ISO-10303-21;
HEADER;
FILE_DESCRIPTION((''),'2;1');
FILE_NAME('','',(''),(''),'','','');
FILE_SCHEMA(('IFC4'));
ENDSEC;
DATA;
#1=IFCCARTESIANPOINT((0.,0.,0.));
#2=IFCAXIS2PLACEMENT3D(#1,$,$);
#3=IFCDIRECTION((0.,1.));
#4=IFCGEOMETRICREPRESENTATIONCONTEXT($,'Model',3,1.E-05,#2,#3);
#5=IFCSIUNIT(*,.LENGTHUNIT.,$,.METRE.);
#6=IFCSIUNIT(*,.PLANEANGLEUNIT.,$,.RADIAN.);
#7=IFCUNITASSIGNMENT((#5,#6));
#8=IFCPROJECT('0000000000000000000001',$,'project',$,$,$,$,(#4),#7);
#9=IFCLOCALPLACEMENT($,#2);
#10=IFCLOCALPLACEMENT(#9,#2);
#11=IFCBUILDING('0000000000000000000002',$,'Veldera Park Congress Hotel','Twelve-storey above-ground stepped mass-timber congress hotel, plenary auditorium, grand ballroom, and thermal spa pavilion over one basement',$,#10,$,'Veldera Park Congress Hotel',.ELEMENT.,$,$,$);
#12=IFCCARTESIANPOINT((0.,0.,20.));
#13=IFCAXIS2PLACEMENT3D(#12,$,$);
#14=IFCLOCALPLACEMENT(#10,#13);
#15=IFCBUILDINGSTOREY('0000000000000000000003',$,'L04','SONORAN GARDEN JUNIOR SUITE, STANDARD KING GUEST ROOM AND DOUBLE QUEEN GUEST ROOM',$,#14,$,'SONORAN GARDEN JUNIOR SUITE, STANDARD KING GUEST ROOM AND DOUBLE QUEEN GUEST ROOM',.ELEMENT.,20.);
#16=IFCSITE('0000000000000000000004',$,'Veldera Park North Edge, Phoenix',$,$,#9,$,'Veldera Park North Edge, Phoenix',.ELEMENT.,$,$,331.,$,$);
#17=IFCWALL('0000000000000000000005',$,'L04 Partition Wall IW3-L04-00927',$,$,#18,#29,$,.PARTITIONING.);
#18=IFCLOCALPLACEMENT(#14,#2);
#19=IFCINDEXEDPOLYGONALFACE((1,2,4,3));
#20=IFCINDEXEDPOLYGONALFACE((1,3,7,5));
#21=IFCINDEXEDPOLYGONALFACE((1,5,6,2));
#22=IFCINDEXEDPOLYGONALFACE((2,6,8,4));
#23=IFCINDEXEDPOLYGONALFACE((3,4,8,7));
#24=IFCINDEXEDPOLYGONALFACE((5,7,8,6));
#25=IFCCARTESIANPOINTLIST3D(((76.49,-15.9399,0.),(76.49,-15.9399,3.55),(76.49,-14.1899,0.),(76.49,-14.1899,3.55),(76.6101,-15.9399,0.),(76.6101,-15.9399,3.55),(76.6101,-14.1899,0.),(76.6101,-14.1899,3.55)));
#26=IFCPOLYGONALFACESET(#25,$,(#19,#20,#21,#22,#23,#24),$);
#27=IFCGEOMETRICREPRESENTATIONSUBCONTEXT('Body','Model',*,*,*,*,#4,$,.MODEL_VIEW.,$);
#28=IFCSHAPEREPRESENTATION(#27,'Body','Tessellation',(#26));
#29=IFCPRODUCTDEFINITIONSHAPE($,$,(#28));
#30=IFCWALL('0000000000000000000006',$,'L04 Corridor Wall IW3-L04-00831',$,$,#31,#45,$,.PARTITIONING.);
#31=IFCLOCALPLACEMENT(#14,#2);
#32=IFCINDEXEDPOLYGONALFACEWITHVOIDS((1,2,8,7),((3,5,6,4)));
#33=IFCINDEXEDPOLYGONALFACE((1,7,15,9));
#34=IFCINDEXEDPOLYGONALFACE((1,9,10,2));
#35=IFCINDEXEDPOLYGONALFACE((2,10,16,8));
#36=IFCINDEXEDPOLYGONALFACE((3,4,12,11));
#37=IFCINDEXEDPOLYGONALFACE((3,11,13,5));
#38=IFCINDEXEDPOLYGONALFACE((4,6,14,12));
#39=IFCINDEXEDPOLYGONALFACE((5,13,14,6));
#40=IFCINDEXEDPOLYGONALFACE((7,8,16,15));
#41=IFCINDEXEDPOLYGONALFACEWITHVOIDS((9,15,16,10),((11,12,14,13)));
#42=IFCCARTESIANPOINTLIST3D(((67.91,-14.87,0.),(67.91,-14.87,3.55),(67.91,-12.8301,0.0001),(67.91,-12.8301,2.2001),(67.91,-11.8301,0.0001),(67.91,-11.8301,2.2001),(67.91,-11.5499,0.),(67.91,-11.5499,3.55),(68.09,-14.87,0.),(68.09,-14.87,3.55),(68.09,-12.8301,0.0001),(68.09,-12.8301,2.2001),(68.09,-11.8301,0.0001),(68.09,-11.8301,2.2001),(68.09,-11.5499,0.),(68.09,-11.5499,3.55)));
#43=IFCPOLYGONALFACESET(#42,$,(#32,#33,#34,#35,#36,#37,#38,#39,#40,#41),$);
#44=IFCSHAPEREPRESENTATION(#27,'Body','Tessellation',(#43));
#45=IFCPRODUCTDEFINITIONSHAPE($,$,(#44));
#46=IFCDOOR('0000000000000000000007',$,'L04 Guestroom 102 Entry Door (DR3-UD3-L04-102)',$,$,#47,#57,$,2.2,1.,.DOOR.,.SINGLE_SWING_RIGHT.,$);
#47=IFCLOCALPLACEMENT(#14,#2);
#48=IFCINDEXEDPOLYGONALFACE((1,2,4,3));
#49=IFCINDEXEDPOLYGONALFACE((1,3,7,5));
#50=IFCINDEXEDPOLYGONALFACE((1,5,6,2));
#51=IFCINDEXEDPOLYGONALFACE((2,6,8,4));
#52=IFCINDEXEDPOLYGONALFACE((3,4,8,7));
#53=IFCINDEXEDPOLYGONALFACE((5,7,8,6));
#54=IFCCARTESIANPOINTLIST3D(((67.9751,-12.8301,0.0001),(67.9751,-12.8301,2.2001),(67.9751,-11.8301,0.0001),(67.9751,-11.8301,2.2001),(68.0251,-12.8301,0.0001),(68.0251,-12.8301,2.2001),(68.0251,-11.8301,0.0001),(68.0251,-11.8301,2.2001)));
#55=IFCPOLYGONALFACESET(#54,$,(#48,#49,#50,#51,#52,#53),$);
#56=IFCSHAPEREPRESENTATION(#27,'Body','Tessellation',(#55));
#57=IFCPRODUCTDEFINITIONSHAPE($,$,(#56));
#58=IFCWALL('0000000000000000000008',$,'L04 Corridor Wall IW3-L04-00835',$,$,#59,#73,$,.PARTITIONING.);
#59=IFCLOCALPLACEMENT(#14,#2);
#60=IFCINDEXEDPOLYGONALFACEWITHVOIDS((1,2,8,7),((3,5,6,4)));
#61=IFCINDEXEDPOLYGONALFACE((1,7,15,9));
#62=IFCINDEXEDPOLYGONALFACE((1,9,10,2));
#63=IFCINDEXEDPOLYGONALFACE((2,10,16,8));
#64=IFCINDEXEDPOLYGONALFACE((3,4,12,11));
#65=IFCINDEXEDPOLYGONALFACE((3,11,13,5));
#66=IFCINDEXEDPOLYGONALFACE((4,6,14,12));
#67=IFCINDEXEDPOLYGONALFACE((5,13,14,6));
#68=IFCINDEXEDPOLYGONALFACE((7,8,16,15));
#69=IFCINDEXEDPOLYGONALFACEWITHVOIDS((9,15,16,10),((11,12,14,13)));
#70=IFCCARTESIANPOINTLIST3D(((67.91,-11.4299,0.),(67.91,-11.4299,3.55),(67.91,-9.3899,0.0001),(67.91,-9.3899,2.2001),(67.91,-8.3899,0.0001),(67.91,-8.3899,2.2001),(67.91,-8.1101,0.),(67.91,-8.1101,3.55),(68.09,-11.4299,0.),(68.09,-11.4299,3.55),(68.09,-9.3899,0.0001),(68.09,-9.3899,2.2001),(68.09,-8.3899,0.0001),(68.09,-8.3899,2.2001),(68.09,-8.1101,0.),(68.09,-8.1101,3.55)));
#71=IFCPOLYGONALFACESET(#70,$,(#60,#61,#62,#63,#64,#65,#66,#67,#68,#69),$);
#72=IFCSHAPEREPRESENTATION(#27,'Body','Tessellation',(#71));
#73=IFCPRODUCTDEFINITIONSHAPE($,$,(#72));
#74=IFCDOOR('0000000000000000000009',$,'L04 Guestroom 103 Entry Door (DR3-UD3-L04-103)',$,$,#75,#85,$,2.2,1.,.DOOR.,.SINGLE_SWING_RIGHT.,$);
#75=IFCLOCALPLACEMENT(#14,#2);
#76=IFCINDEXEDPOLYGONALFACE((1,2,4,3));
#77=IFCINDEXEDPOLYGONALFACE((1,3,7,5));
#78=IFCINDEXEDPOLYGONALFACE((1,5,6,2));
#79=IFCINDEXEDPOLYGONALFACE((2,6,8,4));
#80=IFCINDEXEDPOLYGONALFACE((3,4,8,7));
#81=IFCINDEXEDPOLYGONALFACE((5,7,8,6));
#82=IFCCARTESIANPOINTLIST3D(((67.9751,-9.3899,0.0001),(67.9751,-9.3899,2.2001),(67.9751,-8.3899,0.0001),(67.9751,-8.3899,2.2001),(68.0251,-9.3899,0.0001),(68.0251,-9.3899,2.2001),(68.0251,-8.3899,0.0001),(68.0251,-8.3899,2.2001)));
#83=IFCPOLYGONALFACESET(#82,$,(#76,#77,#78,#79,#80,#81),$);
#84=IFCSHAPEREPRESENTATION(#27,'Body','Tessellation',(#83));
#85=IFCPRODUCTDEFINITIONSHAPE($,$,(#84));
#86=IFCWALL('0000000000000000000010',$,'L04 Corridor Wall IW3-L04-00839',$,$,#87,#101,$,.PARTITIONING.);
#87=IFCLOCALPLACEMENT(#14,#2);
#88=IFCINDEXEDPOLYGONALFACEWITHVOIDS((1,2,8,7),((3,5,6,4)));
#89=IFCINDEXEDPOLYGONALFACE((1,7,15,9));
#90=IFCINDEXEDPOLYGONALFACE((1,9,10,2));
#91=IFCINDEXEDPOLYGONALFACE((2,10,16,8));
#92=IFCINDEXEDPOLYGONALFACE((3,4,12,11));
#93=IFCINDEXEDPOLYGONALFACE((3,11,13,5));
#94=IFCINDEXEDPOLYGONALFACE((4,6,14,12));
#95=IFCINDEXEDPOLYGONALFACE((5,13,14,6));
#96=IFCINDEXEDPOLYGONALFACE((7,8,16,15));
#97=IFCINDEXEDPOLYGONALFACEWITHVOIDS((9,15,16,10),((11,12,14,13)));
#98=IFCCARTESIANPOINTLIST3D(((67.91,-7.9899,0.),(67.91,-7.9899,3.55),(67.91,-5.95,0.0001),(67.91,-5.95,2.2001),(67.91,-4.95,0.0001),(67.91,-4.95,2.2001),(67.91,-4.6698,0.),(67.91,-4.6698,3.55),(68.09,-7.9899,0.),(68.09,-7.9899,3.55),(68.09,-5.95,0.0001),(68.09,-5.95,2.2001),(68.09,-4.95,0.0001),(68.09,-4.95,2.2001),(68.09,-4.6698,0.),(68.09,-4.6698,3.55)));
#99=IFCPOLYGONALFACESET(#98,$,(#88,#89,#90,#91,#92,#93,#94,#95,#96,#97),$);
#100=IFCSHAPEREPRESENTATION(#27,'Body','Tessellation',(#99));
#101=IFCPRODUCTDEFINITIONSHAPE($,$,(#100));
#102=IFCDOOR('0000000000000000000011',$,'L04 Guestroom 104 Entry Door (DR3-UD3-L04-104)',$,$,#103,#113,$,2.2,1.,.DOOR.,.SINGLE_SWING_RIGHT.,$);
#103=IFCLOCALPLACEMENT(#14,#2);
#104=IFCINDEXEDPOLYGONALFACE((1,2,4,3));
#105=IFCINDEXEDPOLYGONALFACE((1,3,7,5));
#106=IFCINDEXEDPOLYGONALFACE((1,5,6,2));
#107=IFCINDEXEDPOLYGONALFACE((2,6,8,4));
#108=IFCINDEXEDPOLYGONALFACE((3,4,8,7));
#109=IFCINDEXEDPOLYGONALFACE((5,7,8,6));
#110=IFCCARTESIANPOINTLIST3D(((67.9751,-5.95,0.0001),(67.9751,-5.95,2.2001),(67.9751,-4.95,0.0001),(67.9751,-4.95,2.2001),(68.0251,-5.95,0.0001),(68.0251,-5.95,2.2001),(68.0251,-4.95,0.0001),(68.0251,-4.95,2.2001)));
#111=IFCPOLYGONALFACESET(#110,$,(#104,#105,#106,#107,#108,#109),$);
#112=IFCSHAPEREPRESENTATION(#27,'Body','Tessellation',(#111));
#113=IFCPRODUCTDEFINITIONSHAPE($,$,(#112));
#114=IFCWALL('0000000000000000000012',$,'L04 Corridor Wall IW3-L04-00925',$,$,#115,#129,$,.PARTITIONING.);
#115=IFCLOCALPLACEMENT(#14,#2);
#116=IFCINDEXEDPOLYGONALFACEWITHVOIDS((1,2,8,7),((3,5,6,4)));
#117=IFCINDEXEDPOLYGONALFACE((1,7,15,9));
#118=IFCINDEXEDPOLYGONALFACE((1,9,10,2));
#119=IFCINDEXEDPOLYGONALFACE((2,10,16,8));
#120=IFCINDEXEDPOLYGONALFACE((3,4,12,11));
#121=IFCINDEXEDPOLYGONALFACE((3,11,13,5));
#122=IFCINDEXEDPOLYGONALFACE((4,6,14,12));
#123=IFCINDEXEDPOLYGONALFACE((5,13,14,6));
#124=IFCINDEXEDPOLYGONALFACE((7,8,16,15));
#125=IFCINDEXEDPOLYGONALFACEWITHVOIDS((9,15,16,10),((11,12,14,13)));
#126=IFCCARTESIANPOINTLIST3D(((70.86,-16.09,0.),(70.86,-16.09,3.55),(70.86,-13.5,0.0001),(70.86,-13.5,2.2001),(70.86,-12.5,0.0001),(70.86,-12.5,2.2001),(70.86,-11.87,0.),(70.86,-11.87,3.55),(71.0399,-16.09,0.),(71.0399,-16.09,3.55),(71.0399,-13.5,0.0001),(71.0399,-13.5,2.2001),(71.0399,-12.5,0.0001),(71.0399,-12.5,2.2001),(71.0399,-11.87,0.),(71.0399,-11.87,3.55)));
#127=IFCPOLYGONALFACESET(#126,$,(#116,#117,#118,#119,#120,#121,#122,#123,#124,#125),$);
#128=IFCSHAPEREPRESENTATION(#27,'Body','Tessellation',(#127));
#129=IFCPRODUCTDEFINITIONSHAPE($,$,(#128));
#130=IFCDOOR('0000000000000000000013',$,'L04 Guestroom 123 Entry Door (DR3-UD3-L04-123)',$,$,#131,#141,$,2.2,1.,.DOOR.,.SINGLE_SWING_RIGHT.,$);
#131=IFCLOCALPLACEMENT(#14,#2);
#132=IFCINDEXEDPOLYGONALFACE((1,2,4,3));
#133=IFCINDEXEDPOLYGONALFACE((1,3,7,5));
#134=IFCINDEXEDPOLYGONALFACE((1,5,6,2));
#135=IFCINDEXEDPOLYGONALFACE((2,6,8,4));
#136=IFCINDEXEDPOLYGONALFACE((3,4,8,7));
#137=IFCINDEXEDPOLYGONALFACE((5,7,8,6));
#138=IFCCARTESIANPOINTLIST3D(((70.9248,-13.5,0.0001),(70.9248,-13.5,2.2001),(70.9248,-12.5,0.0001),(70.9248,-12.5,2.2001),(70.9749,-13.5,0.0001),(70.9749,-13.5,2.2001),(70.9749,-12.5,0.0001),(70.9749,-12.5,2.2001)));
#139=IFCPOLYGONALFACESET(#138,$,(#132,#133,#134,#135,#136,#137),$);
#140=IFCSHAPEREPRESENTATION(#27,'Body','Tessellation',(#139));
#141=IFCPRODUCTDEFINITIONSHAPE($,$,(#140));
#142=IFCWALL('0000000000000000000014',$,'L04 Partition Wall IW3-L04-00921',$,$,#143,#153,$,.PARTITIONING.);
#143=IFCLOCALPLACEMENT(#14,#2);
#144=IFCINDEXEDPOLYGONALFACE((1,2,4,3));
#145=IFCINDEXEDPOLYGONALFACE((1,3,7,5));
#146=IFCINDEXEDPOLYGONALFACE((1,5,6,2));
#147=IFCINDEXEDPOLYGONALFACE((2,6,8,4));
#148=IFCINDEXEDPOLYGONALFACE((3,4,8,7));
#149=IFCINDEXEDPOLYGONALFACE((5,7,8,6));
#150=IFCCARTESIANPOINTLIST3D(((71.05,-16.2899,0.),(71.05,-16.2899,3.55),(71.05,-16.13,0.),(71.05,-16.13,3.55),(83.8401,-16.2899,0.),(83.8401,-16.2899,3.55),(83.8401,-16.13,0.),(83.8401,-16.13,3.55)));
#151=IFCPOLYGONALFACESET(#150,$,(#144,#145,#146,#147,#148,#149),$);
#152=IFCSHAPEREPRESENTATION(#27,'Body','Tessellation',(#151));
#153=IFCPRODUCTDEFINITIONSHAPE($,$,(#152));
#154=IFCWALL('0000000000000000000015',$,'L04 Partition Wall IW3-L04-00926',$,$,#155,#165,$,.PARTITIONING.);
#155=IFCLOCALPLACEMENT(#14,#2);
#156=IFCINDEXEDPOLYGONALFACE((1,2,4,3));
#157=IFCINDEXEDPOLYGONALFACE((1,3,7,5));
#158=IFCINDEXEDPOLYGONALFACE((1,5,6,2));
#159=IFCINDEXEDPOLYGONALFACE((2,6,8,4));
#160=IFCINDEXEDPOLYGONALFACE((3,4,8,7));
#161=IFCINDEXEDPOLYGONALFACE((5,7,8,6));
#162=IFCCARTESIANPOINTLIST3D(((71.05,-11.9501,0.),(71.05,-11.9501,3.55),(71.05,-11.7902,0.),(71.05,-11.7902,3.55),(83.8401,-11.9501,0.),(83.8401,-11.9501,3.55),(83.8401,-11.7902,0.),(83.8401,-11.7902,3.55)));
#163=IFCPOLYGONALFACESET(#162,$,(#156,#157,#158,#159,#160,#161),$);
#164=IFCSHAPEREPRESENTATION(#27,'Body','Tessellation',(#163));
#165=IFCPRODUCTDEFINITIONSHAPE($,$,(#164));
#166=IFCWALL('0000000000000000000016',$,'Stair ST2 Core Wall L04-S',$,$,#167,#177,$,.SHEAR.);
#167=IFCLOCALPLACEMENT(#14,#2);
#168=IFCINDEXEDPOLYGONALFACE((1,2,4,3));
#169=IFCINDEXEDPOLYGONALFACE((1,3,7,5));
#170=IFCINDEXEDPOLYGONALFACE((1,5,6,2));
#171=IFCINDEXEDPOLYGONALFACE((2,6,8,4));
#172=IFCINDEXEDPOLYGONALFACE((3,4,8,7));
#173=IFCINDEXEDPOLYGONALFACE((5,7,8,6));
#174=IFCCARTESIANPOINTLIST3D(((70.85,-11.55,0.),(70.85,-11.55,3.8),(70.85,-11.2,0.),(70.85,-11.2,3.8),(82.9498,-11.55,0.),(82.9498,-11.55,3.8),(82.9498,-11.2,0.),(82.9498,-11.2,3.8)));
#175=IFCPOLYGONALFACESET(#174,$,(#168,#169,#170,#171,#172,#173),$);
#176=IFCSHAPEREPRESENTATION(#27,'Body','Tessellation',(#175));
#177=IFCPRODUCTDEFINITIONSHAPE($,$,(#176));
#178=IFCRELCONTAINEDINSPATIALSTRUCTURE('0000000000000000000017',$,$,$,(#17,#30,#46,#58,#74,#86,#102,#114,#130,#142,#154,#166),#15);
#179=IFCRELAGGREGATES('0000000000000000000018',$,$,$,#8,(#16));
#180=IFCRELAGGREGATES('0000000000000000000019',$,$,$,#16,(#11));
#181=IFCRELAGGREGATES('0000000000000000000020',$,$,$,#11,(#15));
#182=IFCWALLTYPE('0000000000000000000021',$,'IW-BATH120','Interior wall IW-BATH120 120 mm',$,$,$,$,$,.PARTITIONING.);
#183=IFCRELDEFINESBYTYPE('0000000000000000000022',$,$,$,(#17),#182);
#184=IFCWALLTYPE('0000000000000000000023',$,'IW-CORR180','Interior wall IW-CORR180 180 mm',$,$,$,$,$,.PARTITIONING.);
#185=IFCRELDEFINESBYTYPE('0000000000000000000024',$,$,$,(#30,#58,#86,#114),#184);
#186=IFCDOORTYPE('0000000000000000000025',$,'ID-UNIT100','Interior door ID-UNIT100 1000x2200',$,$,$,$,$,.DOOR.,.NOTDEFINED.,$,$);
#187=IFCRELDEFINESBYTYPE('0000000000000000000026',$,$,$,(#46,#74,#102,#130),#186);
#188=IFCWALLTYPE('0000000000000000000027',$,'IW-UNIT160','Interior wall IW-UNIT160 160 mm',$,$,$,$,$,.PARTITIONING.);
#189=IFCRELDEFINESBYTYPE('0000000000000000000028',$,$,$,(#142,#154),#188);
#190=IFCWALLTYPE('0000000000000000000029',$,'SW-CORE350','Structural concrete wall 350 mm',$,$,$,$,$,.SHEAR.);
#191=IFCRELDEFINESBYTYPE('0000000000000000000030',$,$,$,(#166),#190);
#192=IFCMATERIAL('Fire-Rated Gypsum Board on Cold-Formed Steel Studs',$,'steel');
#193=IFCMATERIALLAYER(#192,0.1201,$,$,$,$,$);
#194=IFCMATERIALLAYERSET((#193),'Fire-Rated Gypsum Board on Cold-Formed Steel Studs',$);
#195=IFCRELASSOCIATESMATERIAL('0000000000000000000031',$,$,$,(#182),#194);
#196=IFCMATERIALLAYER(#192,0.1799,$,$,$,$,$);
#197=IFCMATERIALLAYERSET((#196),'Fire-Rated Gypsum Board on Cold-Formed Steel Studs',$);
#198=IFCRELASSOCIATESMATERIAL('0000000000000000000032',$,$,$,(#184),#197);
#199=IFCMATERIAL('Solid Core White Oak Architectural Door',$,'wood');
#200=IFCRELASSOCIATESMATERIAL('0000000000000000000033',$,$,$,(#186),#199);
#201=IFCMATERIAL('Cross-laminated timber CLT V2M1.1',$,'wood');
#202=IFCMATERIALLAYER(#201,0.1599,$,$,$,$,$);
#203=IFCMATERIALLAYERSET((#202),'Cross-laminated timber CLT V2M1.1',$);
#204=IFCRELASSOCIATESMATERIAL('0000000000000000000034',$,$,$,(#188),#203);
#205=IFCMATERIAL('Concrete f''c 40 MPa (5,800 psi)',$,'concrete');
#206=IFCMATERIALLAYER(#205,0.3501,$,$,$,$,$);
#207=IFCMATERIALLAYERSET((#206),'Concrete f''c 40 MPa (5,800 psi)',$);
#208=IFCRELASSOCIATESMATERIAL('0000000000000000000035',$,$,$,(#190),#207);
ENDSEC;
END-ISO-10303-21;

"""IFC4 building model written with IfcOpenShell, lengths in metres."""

from ifc_helpers import new_model, si_unit, direction, frame, frame_2d, origin, place, context, subcontext, project, spatial, rectangle, extrude, material, layer, layer_set, type_object, element, fill, save


model = new_model("IFC4")

# Units and contexts
model_context = context("Model", 3, precision=1e-05, world=origin(), true_north=direction((0.0, 1.0)))
body_context = subcontext(model_context, "Body", "Model", "MODEL_VIEW")
ifc_project = project(units=[si_unit("LENGTHUNIT", "METRE"), si_unit("PLANEANGLEUNIT", "RADIAN")], contexts=[model_context])

# Site, building, storey
site_placement = place(None, origin())
site = spatial("IfcSite", under=ifc_project, at=site_placement, Name="Veldera Park North Edge, Phoenix", LongName="Veldera Park North Edge, Phoenix", CompositionType="ELEMENT", RefElevation=331.0)
building_placement = place(site_placement, origin())
building = spatial("IfcBuilding", under=site, at=building_placement, Name="Veldera Park Congress Hotel", Description="Twelve-storey above-ground stepped mass-timber congress hotel, plenary auditorium, grand ballroom, and thermal spa pavilion over one basement", LongName="Veldera Park Congress Hotel", CompositionType="ELEMENT")
storey_placement = place(building_placement, frame((0.0, 0.0, 20.0)))
storey = spatial("IfcBuildingStorey", under=building, at=storey_placement, Name="L04", Description="SONORAN GARDEN JUNIOR SUITE, STANDARD KING GUEST ROOM AND DOUBLE QUEEN GUEST ROOM", LongName="SONORAN GARDEN JUNIOR SUITE, STANDARD KING GUEST ROOM AND DOUBLE QUEEN GUEST ROOM", CompositionType="ELEMENT", Elevation=20.0)

# Wall
ifc_material_1 = material(Name="Fire-Rated Gypsum Board on Cold-Formed Steel Studs", Category="steel")
ifc_layer_1 = layer(ifc_material_1, 0.1201)
ifc_layer_set_1 = layer_set([ifc_layer_1], Name="Fire-Rated Gypsum Board on Cold-Formed Steel Studs")
wall_type_1 = type_object("IfcWallType", Name="IW-BATH120", Description="Interior wall IW-BATH120 120 mm", PredefinedType="PARTITIONING", material=ifc_layer_set_1)
wall_1_placement = place(storey_placement, frame((76.55, -15.9399, 0.0), z_axis=(0.0, 0.0, 1.0), x_axis=(0.0, 1.0, 0.0)))
element("IfcWall", 1, at=wall_1_placement, inside=storey, type_object=wall_type_1, Name="L04 Partition Wall IW3-L04-00927", PredefinedType="PARTITIONING", context=body_context, shape_type="SweptSolid", body=[
    extrude(rectangle(XDim=1.75, YDim=0.1201, at=frame_2d((0.875, 0.0))), origin(), (0.0, 0.0, 1.0), 3.55),
])

# Walls, openings, doors
ifc_layer_2 = layer(ifc_material_1, 0.1799)
ifc_layer_set_2 = layer_set([ifc_layer_2], Name="Fire-Rated Gypsum Board on Cold-Formed Steel Studs")
wall_type_2 = type_object("IfcWallType", Name="IW-CORR180", Description="Interior wall IW-CORR180 180 mm", PredefinedType="PARTITIONING", material=ifc_layer_set_2)
wall_2_placement = place(storey_placement, frame((68.0, -14.8701, 0.0), z_axis=(0.0, 0.0, 1.0), x_axis=(0.0, 1.0, 0.0)))
wall_2 = element("IfcWall", 2, at=wall_2_placement, inside=storey, type_object=wall_type_2, Name="L04 Corridor Wall IW3-L04-00831", PredefinedType="PARTITIONING", context=body_context, shape_type="SweptSolid", body=[
    extrude(rectangle(XDim=3.3201, YDim=0.1799, at=frame_2d((1.6602, 0.0))), origin(), (0.0, 0.0, 1.0), 3.55),
])
opening_1_placement = place(wall_2_placement, frame((2.04, 0.0, 0.0)))
opening_1 = element("IfcOpeningElement", 3, at=opening_1_placement, cuts=wall_2, PredefinedType="OPENING", context=body_context, shape_type="SweptSolid", body=[
    extrude(rectangle(XDim=1.0, YDim=2.2, at=frame_2d((0.5, 1.1001))), frame((0.0, 0.1021, 0.0), z_axis=(0.0, -1.0, 0.0), x_axis=(1.0, 0.0, 0.0)), (0.0, 0.0, 1.0), 0.2039),
])
ifc_material_2 = material(Name="Solid Core White Oak Architectural Door", Category="wood")
door_type = type_object("IfcDoorType", Name="ID-UNIT100", Description="Interior door ID-UNIT100 1000x2200", OperationType="NOTDEFINED", PredefinedType="DOOR", material=ifc_material_2)
door_1_placement = place(opening_1_placement, origin())
door_1 = element("IfcDoor", 4, at=door_1_placement, inside=storey, type_object=door_type, Name="L04 Guestroom 102 Entry Door (DR3-UD3-L04-102)", OperationType="SINGLE_SWING_RIGHT", OverallHeight=2.2, OverallWidth=1.0, PredefinedType="DOOR", context=body_context, shape_type="SweptSolid", body=[
    extrude(rectangle(XDim=1.0, YDim=2.2, at=frame_2d((0.5, 1.1001))), frame((0.0, 0.0249, 0.0), z_axis=(0.0, -1.0, 0.0), x_axis=(1.0, 0.0, 0.0)), (0.0, 0.0, 1.0), 0.05),
])
fill(opening_1, door_1)
wall_3_placement = place(storey_placement, frame((68.0, -11.4299, 0.0), z_axis=(0.0, 0.0, 1.0), x_axis=(0.0, 1.0, 0.0)))
wall_3 = element("IfcWall", 5, at=wall_3_placement, inside=storey, type_object=wall_type_2, Name="L04 Corridor Wall IW3-L04-00835", PredefinedType="PARTITIONING", context=body_context, shape_type="SweptSolid", body=[
    extrude(rectangle(XDim=3.3198, YDim=0.1799, at=frame_2d((1.6599, 0.0))), origin(), (0.0, 0.0, 1.0), 3.55),
])
opening_2_placement = place(wall_3_placement, frame((2.04, 0.0, 0.0)))
opening_2 = element("IfcOpeningElement", 6, at=opening_2_placement, cuts=wall_3, PredefinedType="OPENING", context=body_context, shape_type="SweptSolid", body=[
    extrude(rectangle(XDim=1.0, YDim=2.2, at=frame_2d((0.5, 1.1001))), frame((0.0, 0.1021, 0.0), z_axis=(0.0, -1.0, 0.0), x_axis=(1.0, 0.0, 0.0)), (0.0, 0.0, 1.0), 0.2039),
])
door_2_placement = place(opening_2_placement, origin())
door_2 = element("IfcDoor", 7, at=door_2_placement, inside=storey, type_object=door_type, Name="L04 Guestroom 103 Entry Door (DR3-UD3-L04-103)", OperationType="SINGLE_SWING_RIGHT", OverallHeight=2.2, OverallWidth=1.0, PredefinedType="DOOR", context=body_context, shape_type="SweptSolid", body=[
    extrude(rectangle(XDim=1.0, YDim=2.2, at=frame_2d((0.5, 1.1001))), frame((0.0, 0.0249, 0.0), z_axis=(0.0, -1.0, 0.0), x_axis=(1.0, 0.0, 0.0)), (0.0, 0.0, 1.0), 0.05),
])
fill(opening_2, door_2)
wall_4_placement = place(storey_placement, frame((68.0, -7.99, 0.0), z_axis=(0.0, 0.0, 1.0), x_axis=(0.0, 1.0, 0.0)))
wall_4 = element("IfcWall", 8, at=wall_4_placement, inside=storey, type_object=wall_type_2, Name="L04 Corridor Wall IW3-L04-00839", PredefinedType="PARTITIONING", context=body_context, shape_type="SweptSolid", body=[
    extrude(rectangle(XDim=3.3201, YDim=0.1799, at=frame_2d((1.6602, 0.0))), origin(), (0.0, 0.0, 1.0), 3.55),
])
opening_3_placement = place(wall_4_placement, frame((2.04, 0.0, 0.0)))
opening_3 = element("IfcOpeningElement", 9, at=opening_3_placement, cuts=wall_4, PredefinedType="OPENING", context=body_context, shape_type="SweptSolid", body=[
    extrude(rectangle(XDim=1.0, YDim=2.2, at=frame_2d((0.5, 1.1001))), frame((0.0, 0.1021, 0.0), z_axis=(0.0, -1.0, 0.0), x_axis=(1.0, 0.0, 0.0)), (0.0, 0.0, 1.0), 0.2039),
])
door_3_placement = place(opening_3_placement, origin())
door_3 = element("IfcDoor", 10, at=door_3_placement, inside=storey, type_object=door_type, Name="L04 Guestroom 104 Entry Door (DR3-UD3-L04-104)", OperationType="SINGLE_SWING_RIGHT", OverallHeight=2.2, OverallWidth=1.0, PredefinedType="DOOR", context=body_context, shape_type="SweptSolid", body=[
    extrude(rectangle(XDim=1.0, YDim=2.2, at=frame_2d((0.5, 1.1001))), frame((0.0, 0.0249, 0.0), z_axis=(0.0, -1.0, 0.0), x_axis=(1.0, 0.0, 0.0)), (0.0, 0.0, 1.0), 0.05),
])
fill(opening_3, door_3)
wall_5_placement = place(storey_placement, frame((70.95, -11.8701, 0.0), z_axis=(0.0, 0.0, 1.0), x_axis=(0.0, -1.0, 0.0)))
wall_5 = element("IfcWall", 11, at=wall_5_placement, inside=storey, type_object=wall_type_2, Name="L04 Corridor Wall IW3-L04-00925", PredefinedType="PARTITIONING", context=body_context, shape_type="SweptSolid", body=[
    extrude(rectangle(XDim=4.22, YDim=0.1799, at=frame_2d((2.1099, 0.0))), origin(), (0.0, 0.0, 1.0), 3.55),
])
opening_4_placement = place(wall_5_placement, frame((0.6299, 0.0, 0.0)))
opening_4 = element("IfcOpeningElement", 12, at=opening_4_placement, cuts=wall_5, PredefinedType="OPENING", context=body_context, shape_type="SweptSolid", body=[
    extrude(rectangle(XDim=1.0, YDim=2.2, at=frame_2d((0.5, 1.1001))), frame((0.0, 0.1021, 0.0), z_axis=(0.0, -1.0, 0.0), x_axis=(1.0, 0.0, 0.0)), (0.0, 0.0, 1.0), 0.2039),
])
door_4_placement = place(opening_4_placement, origin())
door_4 = element("IfcDoor", 13, at=door_4_placement, inside=storey, type_object=door_type, Name="L04 Guestroom 123 Entry Door (DR3-UD3-L04-123)", OperationType="SINGLE_SWING_RIGHT", OverallHeight=2.2, OverallWidth=1.0, PredefinedType="DOOR", context=body_context, shape_type="SweptSolid", body=[
    extrude(rectangle(XDim=1.0, YDim=2.2, at=frame_2d((0.5, 1.1001))), frame((0.0, 0.0249, 0.0), z_axis=(0.0, -1.0, 0.0), x_axis=(1.0, 0.0, 0.0)), (0.0, 0.0, 1.0), 0.05),
])
fill(opening_4, door_4)

# Walls
ifc_material_3 = material(Name="Cross-laminated timber CLT V2M1.1", Category="wood")
ifc_layer_3 = layer(ifc_material_3, 0.1599)
ifc_layer_set_3 = layer_set([ifc_layer_3], Name="Cross-laminated timber CLT V2M1.1")
wall_type_3 = type_object("IfcWallType", Name="IW-UNIT160", Description="Interior wall IW-UNIT160 160 mm", PredefinedType="PARTITIONING", material=ifc_layer_set_3)
for number, where, z_axis, x_axis, name in (
    (14, (71.05, -16.21, 0.0), (0.0, 0.0, 1.0), (1.0, 0.0, 0.0), "L04 Partition Wall IW3-L04-00921"),
    (15, (71.05, -11.8701, 0.0), (0.0, 0.0, 1.0), (1.0, 0.0, 0.0), "L04 Partition Wall IW3-L04-00926"),
):
    element("IfcWall", number, at=place(storey_placement, frame(where, z_axis=z_axis, x_axis=x_axis)), inside=storey, type_object=wall_type_3, Name=name, PredefinedType="PARTITIONING", context=body_context, shape_type="SweptSolid", body=[
        extrude(rectangle(XDim=12.79, YDim=0.1599, at=frame_2d((6.395, 0.0))), origin(), (0.0, 0.0, 1.0), 3.55),
    ])
ifc_material_4 = material(Name="Concrete f'c 40 MPa (5,800 psi)", Category="concrete")
ifc_layer_4 = layer(ifc_material_4, 0.3501)
ifc_layer_set_4 = layer_set([ifc_layer_4], Name="Concrete f'c 40 MPa (5,800 psi)")
wall_type_4 = type_object("IfcWallType", Name="SW-CORE350", Description="Structural concrete wall 350 mm", PredefinedType="SHEAR", material=ifc_layer_set_4)
wall_6_placement = place(storey_placement, frame((70.8501, -11.375, 0.0), z_axis=(0.0, 0.0, 1.0), x_axis=(1.0, 0.0, 0.0)))
element("IfcWall", 16, at=wall_6_placement, inside=storey, type_object=wall_type_4, Name="Stair ST2 Core Wall L04-S", PredefinedType="SHEAR", context=body_context, shape_type="SweptSolid", body=[
    extrude(rectangle(XDim=12.0999, YDim=0.3501, at=frame_2d((6.0498, 0.0))), origin(), (0.0, 0.0, 1.0), 3.8),
])

save(model, "model.ifc")
